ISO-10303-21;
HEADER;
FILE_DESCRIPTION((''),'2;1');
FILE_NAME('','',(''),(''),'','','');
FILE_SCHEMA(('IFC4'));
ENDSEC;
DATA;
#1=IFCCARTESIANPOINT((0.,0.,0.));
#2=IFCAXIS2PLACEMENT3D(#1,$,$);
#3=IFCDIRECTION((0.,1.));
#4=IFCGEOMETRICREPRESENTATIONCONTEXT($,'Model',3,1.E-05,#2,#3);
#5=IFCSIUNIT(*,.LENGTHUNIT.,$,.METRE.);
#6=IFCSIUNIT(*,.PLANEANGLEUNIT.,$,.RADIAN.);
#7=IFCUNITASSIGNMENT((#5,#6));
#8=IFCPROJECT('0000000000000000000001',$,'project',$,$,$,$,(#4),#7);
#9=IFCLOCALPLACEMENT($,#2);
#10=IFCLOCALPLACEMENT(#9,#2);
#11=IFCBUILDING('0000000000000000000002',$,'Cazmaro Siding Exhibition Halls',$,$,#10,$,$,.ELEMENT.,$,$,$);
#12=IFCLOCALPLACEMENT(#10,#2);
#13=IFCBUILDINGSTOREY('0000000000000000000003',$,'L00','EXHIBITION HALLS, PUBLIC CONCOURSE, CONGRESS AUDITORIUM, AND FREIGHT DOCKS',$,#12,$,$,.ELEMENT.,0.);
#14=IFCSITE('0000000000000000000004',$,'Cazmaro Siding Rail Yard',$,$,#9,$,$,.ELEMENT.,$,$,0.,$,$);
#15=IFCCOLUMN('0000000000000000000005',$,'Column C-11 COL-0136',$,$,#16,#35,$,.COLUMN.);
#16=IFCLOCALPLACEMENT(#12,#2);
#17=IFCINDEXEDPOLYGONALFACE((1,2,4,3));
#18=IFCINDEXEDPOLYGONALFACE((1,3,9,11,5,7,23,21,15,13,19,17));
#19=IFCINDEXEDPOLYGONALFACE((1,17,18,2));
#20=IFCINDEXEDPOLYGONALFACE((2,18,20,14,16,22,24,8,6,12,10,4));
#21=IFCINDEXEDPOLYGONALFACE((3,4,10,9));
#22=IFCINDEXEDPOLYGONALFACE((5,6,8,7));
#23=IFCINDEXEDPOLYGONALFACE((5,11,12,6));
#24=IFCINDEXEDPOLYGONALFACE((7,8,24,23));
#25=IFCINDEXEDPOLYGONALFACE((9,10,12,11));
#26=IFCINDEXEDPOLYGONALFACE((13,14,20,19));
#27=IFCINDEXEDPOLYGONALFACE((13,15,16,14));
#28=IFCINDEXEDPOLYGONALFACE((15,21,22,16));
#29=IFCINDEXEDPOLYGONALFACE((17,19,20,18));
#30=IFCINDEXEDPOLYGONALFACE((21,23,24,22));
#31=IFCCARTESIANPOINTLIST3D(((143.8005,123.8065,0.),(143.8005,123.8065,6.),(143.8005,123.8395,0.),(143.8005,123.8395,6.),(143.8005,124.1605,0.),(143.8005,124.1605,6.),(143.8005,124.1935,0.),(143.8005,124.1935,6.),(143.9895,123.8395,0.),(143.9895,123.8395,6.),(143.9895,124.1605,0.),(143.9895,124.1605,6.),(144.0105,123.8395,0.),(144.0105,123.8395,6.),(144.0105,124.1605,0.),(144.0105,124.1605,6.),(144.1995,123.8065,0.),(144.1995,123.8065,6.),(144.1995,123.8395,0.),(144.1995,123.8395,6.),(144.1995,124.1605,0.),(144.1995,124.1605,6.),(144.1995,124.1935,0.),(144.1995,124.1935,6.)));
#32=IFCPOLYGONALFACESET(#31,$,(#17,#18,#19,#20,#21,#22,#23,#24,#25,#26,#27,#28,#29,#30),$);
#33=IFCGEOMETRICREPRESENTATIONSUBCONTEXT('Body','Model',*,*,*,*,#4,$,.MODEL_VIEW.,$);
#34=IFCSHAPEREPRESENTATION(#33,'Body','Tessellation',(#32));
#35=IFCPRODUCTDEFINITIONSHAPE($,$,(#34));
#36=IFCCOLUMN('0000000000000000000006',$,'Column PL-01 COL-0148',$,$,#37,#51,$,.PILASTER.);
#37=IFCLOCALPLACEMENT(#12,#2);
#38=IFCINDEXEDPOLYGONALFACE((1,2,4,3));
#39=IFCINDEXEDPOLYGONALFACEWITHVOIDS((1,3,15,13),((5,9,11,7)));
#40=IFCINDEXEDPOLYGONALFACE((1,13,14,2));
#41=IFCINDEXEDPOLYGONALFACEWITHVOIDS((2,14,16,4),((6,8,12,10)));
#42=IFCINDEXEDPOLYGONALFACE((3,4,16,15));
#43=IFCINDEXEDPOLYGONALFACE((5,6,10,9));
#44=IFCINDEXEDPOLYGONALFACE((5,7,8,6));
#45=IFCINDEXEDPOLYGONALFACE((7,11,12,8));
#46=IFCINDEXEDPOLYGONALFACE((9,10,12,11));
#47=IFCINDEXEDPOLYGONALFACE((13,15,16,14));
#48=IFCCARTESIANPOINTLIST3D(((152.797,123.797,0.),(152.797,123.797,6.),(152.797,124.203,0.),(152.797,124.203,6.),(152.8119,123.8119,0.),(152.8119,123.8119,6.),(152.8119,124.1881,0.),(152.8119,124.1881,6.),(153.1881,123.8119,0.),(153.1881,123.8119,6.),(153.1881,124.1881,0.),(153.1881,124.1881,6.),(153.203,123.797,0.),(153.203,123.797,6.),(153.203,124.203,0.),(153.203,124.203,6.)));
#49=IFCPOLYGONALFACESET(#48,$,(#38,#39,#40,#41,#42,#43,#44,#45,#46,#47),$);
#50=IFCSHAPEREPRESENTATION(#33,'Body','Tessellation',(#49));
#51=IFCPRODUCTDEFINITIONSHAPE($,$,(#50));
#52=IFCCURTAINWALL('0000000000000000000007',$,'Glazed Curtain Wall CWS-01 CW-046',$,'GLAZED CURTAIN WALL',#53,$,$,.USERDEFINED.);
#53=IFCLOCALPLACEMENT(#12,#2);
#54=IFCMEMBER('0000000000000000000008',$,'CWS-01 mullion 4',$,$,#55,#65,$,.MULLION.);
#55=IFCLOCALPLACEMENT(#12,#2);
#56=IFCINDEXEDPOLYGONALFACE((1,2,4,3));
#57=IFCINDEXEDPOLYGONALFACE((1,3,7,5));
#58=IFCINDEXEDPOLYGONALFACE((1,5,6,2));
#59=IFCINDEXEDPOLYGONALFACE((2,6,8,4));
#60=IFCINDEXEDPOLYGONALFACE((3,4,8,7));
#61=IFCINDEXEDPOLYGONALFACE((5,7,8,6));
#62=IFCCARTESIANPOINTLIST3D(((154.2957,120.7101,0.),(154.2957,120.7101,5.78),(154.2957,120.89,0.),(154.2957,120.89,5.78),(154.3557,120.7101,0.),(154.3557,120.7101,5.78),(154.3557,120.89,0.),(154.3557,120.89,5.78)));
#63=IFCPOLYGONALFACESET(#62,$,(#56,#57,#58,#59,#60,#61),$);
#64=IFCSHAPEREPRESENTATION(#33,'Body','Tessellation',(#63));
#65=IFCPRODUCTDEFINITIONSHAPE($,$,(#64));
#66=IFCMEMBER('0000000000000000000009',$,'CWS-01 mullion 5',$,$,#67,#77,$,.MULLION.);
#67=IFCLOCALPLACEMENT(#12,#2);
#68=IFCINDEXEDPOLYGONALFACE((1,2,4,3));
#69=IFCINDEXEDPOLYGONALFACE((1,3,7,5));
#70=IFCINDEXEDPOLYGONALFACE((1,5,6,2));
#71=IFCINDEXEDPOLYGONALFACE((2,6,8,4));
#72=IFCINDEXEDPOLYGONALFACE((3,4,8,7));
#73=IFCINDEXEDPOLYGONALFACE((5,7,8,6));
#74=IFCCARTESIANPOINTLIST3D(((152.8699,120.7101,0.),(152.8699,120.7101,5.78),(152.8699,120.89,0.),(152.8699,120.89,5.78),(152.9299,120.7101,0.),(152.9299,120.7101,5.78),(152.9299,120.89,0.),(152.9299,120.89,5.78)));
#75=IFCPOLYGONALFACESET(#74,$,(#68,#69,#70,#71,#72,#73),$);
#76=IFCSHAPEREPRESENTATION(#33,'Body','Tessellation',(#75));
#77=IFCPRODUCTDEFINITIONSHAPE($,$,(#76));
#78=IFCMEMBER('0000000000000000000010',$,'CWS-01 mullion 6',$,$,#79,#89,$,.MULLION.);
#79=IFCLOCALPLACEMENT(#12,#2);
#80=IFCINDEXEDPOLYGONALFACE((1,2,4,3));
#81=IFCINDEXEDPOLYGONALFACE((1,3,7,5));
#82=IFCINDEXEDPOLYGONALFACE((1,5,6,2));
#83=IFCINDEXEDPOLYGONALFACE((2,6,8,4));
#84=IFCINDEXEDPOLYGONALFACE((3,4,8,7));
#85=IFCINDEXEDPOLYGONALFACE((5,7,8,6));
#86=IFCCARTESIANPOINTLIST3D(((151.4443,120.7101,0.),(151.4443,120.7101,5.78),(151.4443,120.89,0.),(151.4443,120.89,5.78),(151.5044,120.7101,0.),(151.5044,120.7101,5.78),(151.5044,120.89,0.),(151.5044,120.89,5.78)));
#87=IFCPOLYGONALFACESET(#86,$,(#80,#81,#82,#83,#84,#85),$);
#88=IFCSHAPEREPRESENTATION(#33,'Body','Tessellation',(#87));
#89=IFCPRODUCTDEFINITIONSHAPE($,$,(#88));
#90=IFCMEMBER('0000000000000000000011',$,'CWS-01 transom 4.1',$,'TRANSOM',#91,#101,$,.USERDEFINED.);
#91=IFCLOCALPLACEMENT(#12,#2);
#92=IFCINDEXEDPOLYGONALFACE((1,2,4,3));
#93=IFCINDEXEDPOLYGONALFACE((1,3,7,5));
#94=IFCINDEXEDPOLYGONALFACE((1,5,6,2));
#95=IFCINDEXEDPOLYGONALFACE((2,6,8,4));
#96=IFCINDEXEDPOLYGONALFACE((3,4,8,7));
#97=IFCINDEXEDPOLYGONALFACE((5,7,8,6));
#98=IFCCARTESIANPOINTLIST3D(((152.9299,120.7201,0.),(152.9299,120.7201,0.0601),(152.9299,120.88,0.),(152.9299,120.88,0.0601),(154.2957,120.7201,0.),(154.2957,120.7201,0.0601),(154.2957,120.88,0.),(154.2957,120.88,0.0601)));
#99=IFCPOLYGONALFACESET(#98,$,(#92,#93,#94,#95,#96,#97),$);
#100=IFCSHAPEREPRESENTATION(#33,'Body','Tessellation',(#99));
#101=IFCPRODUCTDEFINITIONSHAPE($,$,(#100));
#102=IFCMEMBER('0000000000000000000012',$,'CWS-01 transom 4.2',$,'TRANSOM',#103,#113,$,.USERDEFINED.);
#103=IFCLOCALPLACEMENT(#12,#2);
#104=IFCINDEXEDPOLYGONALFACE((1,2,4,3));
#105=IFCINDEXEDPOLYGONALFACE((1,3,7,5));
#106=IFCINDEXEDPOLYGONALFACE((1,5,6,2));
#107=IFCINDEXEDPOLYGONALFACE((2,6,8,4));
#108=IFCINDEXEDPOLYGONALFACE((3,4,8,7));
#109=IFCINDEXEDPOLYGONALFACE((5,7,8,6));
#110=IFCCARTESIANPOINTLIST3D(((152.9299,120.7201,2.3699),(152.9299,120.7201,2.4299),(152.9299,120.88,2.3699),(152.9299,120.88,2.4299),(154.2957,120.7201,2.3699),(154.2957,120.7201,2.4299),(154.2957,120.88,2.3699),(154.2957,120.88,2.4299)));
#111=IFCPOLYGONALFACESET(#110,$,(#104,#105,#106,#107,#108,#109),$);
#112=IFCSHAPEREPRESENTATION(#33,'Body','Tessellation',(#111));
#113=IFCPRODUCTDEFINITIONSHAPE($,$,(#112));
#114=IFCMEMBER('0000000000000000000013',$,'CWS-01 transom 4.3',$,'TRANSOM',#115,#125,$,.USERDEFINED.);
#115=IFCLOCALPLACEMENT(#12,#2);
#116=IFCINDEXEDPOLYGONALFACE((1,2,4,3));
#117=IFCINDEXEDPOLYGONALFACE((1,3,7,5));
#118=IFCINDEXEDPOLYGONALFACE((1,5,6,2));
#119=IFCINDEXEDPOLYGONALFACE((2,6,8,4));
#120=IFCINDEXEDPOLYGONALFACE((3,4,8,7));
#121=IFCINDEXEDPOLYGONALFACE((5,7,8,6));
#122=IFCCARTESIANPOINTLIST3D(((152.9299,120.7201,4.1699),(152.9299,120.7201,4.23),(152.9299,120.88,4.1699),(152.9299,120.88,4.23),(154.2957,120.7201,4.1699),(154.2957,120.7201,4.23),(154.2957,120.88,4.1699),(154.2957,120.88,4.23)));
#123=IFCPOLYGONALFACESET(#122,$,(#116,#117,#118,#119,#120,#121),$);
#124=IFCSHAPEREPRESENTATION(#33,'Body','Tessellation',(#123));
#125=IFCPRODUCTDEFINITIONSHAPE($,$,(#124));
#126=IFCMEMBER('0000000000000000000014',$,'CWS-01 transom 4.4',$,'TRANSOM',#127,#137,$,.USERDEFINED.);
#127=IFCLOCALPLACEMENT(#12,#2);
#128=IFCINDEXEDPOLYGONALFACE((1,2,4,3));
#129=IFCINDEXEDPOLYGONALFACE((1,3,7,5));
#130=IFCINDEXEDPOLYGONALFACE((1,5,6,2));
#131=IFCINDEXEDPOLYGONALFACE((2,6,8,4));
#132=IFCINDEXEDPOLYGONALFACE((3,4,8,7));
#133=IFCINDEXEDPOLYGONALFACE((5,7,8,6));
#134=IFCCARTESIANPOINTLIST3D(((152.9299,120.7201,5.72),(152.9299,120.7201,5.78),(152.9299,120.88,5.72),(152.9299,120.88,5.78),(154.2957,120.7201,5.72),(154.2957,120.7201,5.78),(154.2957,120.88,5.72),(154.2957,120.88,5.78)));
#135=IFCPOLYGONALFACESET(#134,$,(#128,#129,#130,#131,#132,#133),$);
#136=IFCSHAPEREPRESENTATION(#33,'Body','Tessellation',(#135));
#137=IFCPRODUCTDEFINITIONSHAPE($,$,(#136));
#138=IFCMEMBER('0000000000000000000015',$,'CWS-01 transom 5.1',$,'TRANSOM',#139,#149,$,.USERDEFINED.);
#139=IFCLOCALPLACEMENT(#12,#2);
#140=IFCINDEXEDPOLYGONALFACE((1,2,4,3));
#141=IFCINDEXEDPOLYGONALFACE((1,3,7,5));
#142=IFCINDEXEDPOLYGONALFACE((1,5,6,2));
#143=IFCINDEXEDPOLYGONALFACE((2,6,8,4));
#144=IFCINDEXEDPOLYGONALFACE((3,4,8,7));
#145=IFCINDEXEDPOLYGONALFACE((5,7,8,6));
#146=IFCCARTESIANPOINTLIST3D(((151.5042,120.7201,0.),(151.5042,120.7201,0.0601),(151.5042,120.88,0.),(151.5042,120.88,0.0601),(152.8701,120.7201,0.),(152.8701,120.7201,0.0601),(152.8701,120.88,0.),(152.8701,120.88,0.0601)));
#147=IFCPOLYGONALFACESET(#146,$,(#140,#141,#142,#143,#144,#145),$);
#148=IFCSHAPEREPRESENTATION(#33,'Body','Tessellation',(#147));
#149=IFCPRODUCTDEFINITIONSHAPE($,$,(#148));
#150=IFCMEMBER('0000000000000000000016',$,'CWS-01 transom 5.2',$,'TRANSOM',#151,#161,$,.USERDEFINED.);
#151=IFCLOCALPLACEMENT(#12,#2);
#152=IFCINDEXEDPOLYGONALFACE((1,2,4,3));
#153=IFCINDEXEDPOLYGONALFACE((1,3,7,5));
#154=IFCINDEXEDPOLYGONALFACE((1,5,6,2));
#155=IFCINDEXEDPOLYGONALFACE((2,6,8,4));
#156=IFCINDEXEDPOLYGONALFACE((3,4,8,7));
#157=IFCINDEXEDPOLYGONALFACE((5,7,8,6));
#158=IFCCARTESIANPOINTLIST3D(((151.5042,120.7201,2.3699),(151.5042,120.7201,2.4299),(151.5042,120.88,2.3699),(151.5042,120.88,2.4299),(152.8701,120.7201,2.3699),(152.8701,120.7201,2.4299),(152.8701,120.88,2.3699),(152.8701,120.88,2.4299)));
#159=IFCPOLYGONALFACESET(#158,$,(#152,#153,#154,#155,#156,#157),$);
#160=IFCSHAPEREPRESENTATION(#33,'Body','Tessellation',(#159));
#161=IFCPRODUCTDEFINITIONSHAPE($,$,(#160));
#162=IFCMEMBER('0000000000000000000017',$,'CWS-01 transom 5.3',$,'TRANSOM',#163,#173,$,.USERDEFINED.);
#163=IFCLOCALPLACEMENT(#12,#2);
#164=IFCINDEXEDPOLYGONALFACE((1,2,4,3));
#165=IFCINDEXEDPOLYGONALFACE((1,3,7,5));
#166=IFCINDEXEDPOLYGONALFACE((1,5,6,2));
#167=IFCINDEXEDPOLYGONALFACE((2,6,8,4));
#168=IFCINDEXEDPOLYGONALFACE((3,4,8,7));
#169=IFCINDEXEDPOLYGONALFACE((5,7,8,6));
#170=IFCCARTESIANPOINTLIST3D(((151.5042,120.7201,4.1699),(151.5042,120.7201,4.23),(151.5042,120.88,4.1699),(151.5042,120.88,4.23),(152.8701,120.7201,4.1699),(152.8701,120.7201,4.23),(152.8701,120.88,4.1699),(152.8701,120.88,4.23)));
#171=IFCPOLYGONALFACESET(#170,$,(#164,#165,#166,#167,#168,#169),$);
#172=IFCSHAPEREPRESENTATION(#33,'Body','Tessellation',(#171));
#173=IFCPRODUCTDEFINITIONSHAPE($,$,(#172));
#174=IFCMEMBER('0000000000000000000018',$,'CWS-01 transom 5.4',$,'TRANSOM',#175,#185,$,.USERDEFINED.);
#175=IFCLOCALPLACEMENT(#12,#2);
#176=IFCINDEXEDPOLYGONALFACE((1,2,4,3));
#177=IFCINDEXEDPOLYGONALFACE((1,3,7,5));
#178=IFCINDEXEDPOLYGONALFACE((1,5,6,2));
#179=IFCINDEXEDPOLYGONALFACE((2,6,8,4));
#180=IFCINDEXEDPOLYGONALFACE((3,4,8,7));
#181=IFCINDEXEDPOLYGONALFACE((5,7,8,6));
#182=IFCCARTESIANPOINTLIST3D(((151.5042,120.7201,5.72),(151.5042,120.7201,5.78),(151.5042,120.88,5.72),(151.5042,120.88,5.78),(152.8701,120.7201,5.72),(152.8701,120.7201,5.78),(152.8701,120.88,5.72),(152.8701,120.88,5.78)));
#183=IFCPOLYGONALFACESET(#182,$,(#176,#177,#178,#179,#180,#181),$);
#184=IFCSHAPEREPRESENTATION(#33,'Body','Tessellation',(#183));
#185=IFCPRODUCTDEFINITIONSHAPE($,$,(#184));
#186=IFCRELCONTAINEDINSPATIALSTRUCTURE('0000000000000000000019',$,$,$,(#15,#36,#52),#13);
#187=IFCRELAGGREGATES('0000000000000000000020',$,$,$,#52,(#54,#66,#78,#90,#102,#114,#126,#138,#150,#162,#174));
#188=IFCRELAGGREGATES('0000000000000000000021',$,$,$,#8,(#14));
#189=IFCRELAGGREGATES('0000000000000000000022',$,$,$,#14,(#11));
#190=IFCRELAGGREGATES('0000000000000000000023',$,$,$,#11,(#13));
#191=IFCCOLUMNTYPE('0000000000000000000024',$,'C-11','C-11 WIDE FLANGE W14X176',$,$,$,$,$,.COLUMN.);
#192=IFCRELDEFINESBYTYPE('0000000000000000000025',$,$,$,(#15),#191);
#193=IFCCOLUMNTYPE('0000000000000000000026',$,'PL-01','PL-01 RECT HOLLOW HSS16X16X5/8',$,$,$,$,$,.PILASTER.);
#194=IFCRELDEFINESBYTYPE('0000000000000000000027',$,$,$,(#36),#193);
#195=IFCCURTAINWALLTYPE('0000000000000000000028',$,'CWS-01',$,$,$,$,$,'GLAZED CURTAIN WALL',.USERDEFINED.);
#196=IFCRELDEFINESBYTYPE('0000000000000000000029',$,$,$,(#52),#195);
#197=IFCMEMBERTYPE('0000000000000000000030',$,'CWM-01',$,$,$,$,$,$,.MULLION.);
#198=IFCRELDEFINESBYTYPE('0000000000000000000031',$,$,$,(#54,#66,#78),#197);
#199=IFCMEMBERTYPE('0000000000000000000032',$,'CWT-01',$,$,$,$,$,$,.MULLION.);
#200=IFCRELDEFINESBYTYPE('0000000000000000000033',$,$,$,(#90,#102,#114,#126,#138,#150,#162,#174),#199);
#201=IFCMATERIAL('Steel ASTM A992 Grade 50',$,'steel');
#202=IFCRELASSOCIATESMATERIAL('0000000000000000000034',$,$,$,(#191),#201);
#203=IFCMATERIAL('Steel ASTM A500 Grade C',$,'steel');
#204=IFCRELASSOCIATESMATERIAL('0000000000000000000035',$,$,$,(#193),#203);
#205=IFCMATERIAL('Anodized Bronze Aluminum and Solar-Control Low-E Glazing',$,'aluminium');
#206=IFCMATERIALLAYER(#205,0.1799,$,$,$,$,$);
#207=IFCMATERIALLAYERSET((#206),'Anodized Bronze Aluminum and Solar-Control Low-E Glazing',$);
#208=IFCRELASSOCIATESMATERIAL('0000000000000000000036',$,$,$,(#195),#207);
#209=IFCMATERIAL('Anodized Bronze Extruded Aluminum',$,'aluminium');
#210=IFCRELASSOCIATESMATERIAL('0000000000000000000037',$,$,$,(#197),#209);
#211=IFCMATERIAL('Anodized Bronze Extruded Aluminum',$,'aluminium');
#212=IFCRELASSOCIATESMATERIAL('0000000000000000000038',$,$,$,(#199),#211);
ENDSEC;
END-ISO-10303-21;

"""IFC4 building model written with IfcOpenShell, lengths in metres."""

from ifc_helpers import new_model, si_unit, direction, frame, origin, origin_2d, place, context, subcontext, project, spatial, rectangle, hollow_rectangle, i_section, extrude, material, layer, layer_set, material_profile, profile_set, type_object, element, aggregate, save


model = new_model("IFC4")

# Units and contexts
model_context = context("Model", 3, precision=1e-05, world=origin(), true_north=direction((0.0, 1.0)))
body_context = subcontext(model_context, "Body", "Model", "MODEL_VIEW")
ifc_project = project(units=[si_unit("LENGTHUNIT", "METRE"), si_unit("PLANEANGLEUNIT", "RADIAN")], contexts=[model_context])

# Site, building, storey
site_placement = place(None, origin())
site = spatial("IfcSite", under=ifc_project, at=site_placement, Name="Cazmaro Siding Rail Yard", CompositionType="ELEMENT", RefElevation=0.0)
building_placement = place(site_placement, origin())
building = spatial("IfcBuilding", under=site, at=building_placement, Name="Cazmaro Siding Exhibition Halls", CompositionType="ELEMENT")
storey_placement = place(building_placement, origin())
storey = spatial("IfcBuildingStorey", under=building, at=storey_placement, Name="L00", Description="EXHIBITION HALLS, PUBLIC CONCOURSE, CONGRESS AUDITORIUM, AND FREIGHT DOCKS", CompositionType="ELEMENT", Elevation=0.0)

# Columns
ifc_material_1 = material(Name="Steel ASTM A992 Grade 50", Category="steel")
ifc_material_profile_1 = material_profile(ifc_material_1, i_section(OverallWidth=0.3989, OverallDepth=0.387, WebThickness=0.021, FlangeThickness=0.033, at=origin_2d()), Name="W14X176")
ifc_profile_set_1 = profile_set([ifc_material_profile_1], Name="Steel ASTM A992 Grade 50")
column_type_1 = type_object("IfcColumnType", Name="C-11", Description="C-11 WIDE FLANGE W14X176", PredefinedType="COLUMN", material=ifc_profile_set_1)
column_1_placement = place(storey_placement, frame((144.0, 124.0, 0.0), z_axis=(0.0, 0.0, 1.0), x_axis=(1.0, 0.0, 0.0)))
element("IfcColumn", 1, at=column_1_placement, inside=storey, type_object=column_type_1, Name="Column C-11 COL-0136", PredefinedType="COLUMN", context=body_context, shape_type="SweptSolid", body=[
    extrude(i_section(OverallWidth=0.3989, OverallDepth=0.387, WebThickness=0.021, FlangeThickness=0.033, at=origin_2d()), origin(), (0.0, 0.0, 1.0), 6.0),
])
ifc_material_2 = material(Name="Steel ASTM A500 Grade C", Category="steel")
ifc_material_profile_2 = material_profile(ifc_material_2, hollow_rectangle(XDim=0.406, YDim=0.406, WallThickness=0.0149, at=origin_2d()), Name="HSS16X16X5/8")
ifc_profile_set_2 = profile_set([ifc_material_profile_2], Name="Steel ASTM A500 Grade C")
column_type_2 = type_object("IfcColumnType", Name="PL-01", Description="PL-01 RECT HOLLOW HSS16X16X5/8", PredefinedType="PILASTER", material=ifc_profile_set_2)
column_2_placement = place(storey_placement, frame((153.0, 124.0, 0.0), z_axis=(0.0, 0.0, 1.0), x_axis=(1.0, 0.0, 0.0)))
element("IfcColumn", 2, at=column_2_placement, inside=storey, type_object=column_type_2, Name="Column PL-01 COL-0148", PredefinedType="PILASTER", context=body_context, shape_type="SweptSolid", body=[
    extrude(hollow_rectangle(XDim=0.406, YDim=0.406, WallThickness=0.0149, at=origin_2d()), origin(), (0.0, 0.0, 1.0), 6.0),
])

# Curtain wall, members
ifc_material_3 = material(Name="Anodized Bronze Aluminum and Solar-Control Low-E Glazing", Category="aluminium")
ifc_layer_1 = layer(ifc_material_3, 0.1799)
ifc_layer_set_1 = layer_set([ifc_layer_1], Name="Anodized Bronze Aluminum and Solar-Control Low-E Glazing")
curtain_wall_type = type_object("IfcCurtainWallType", Name="CWS-01", ElementType="GLAZED CURTAIN WALL", PredefinedType="USERDEFINED", material=ifc_layer_set_1)
curtain_wall_placement = place(storey_placement, origin())
curtain_wall = element("IfcCurtainWall", 3, at=curtain_wall_placement, inside=storey, type_object=curtain_wall_type, Name="Glazed Curtain Wall CWS-01 CW-046", ObjectType="GLAZED CURTAIN WALL", PredefinedType="USERDEFINED")
ifc_material_4 = material(Name="Anodized Bronze Extruded Aluminum", Category="aluminium")
ifc_material_profile_3 = material_profile(ifc_material_4, rectangle(XDim=0.1799, YDim=0.0601, at=origin_2d()), Name="CWM-01")
ifc_profile_set_3 = profile_set([ifc_material_profile_3], Name="Anodized Bronze Extruded Aluminum")
member_type_1 = type_object("IfcMemberType", Name="CWM-01", PredefinedType="MULLION", material=ifc_profile_set_3)
member_1_placement = place(storey_placement, frame((154.3257, 120.8, 0.0), z_axis=(0.0, 0.0, 1.0), x_axis=(0.0, -1.0, 0.0)))
member_1 = element("IfcMember", 4, at=member_1_placement, type_object=member_type_1, Name="CWS-01 mullion 4", PredefinedType="MULLION", context=body_context, shape_type="SweptSolid", body=[
    extrude(rectangle(XDim=0.1799, YDim=0.0601, at=origin_2d()), origin(), (0.0, 0.0, 1.0), 5.78),
])
member_2_placement = place(storey_placement, frame((152.8999, 120.8, 0.0), z_axis=(0.0, 0.0, 1.0), x_axis=(0.0, -1.0, 0.0)))
member_2 = element("IfcMember", 5, at=member_2_placement, type_object=member_type_1, Name="CWS-01 mullion 5", PredefinedType="MULLION", context=body_context, shape_type="SweptSolid", body=[
    extrude(rectangle(XDim=0.1799, YDim=0.0601, at=origin_2d()), origin(), (0.0, 0.0, 1.0), 5.78),
])
member_3_placement = place(storey_placement, frame((151.4744, 120.8, 0.0), z_axis=(0.0, 0.0, 1.0), x_axis=(0.0, -1.0, 0.0)))
member_3 = element("IfcMember", 6, at=member_3_placement, type_object=member_type_1, Name="CWS-01 mullion 6", PredefinedType="MULLION", context=body_context, shape_type="SweptSolid", body=[
    extrude(rectangle(XDim=0.1799, YDim=0.0601, at=origin_2d()), origin(), (0.0, 0.0, 1.0), 5.78),
])
ifc_material_5 = material(Name="Anodized Bronze Extruded Aluminum", Category="aluminium")
ifc_material_profile_4 = material_profile(ifc_material_5, rectangle(XDim=0.1599, YDim=0.0601, at=origin_2d()), Name="CWT-01")
ifc_profile_set_4 = profile_set([ifc_material_profile_4], Name="Anodized Bronze Extruded Aluminum")
member_type_2 = type_object("IfcMemberType", Name="CWT-01", PredefinedType="MULLION", material=ifc_profile_set_4)
member_4_placement = place(storey_placement, frame((154.2957, 120.8, 0.03), z_axis=(-1.0, 0.0, 0.0), x_axis=(0.0, -1.0, 0.0)))
member_4 = element("IfcMember", 7, at=member_4_placement, type_object=member_type_2, Name="CWS-01 transom 4.1", ObjectType="TRANSOM", PredefinedType="USERDEFINED", context=body_context, shape_type="SweptSolid", body=[
    extrude(rectangle(XDim=0.1599, YDim=0.0601, at=origin_2d()), origin(), (0.0, 0.0, 1.0), 1.3657),
])
member_5_placement = place(storey_placement, frame((154.2957, 120.8, 2.3999), z_axis=(-1.0, 0.0, 0.0), x_axis=(0.0, -1.0, 0.0)))
member_5 = element("IfcMember", 8, at=member_5_placement, type_object=member_type_2, Name="CWS-01 transom 4.2", ObjectType="TRANSOM", PredefinedType="USERDEFINED", context=body_context, shape_type="SweptSolid", body=[
    extrude(rectangle(XDim=0.1599, YDim=0.0601, at=origin_2d()), origin(), (0.0, 0.0, 1.0), 1.3657),
])
member_6_placement = place(storey_placement, frame((154.2957, 120.8, 4.2), z_axis=(-1.0, 0.0, 0.0), x_axis=(0.0, -1.0, 0.0)))
member_6 = element("IfcMember", 9, at=member_6_placement, type_object=member_type_2, Name="CWS-01 transom 4.3", ObjectType="TRANSOM", PredefinedType="USERDEFINED", context=body_context, shape_type="SweptSolid", body=[
    extrude(rectangle(XDim=0.1599, YDim=0.0601, at=origin_2d()), origin(), (0.0, 0.0, 1.0), 1.3657),
])
member_7_placement = place(storey_placement, frame((154.2957, 120.8, 5.75), z_axis=(-1.0, 0.0, 0.0), x_axis=(0.0, -1.0, 0.0)))
member_7 = element("IfcMember", 10, at=member_7_placement, type_object=member_type_2, Name="CWS-01 transom 4.4", ObjectType="TRANSOM", PredefinedType="USERDEFINED", context=body_context, shape_type="SweptSolid", body=[
    extrude(rectangle(XDim=0.1599, YDim=0.0601, at=origin_2d()), origin(), (0.0, 0.0, 1.0), 1.3657),
])
member_8_placement = place(storey_placement, frame((152.8701, 120.8, 0.03), z_axis=(-1.0, 0.0, 0.0), x_axis=(0.0, -1.0, 0.0)))
member_8 = element("IfcMember", 11, at=member_8_placement, type_object=member_type_2, Name="CWS-01 transom 5.1", ObjectType="TRANSOM", PredefinedType="USERDEFINED", context=body_context, shape_type="SweptSolid", body=[
    extrude(rectangle(XDim=0.1599, YDim=0.0601, at=origin_2d()), origin(), (0.0, 0.0, 1.0), 1.366),
])
member_9_placement = place(storey_placement, frame((152.8701, 120.8, 2.3999), z_axis=(-1.0, 0.0, 0.0), x_axis=(0.0, -1.0, 0.0)))
member_9 = element("IfcMember", 12, at=member_9_placement, type_object=member_type_2, Name="CWS-01 transom 5.2", ObjectType="TRANSOM", PredefinedType="USERDEFINED", context=body_context, shape_type="SweptSolid", body=[
    extrude(rectangle(XDim=0.1599, YDim=0.0601, at=origin_2d()), origin(), (0.0, 0.0, 1.0), 1.366),
])
member_10_placement = place(storey_placement, frame((152.8701, 120.8, 4.2), z_axis=(-1.0, 0.0, 0.0), x_axis=(0.0, -1.0, 0.0)))
member_10 = element("IfcMember", 13, at=member_10_placement, type_object=member_type_2, Name="CWS-01 transom 5.3", ObjectType="TRANSOM", PredefinedType="USERDEFINED", context=body_context, shape_type="SweptSolid", body=[
    extrude(rectangle(XDim=0.1599, YDim=0.0601, at=origin_2d()), origin(), (0.0, 0.0, 1.0), 1.366),
])
member_11_placement = place(storey_placement, frame((152.8701, 120.8, 5.75), z_axis=(-1.0, 0.0, 0.0), x_axis=(0.0, -1.0, 0.0)))
member_11 = element("IfcMember", 14, at=member_11_placement, type_object=member_type_2, Name="CWS-01 transom 5.4", ObjectType="TRANSOM", PredefinedType="USERDEFINED", context=body_context, shape_type="SweptSolid", body=[
    extrude(rectangle(XDim=0.1599, YDim=0.0601, at=origin_2d()), origin(), (0.0, 0.0, 1.0), 1.366),
])
aggregate(curtain_wall, [member_1, member_2, member_3, member_4, member_5, member_6, member_7, member_8, member_9, member_10, member_11])

save(model, "model.ifc")
